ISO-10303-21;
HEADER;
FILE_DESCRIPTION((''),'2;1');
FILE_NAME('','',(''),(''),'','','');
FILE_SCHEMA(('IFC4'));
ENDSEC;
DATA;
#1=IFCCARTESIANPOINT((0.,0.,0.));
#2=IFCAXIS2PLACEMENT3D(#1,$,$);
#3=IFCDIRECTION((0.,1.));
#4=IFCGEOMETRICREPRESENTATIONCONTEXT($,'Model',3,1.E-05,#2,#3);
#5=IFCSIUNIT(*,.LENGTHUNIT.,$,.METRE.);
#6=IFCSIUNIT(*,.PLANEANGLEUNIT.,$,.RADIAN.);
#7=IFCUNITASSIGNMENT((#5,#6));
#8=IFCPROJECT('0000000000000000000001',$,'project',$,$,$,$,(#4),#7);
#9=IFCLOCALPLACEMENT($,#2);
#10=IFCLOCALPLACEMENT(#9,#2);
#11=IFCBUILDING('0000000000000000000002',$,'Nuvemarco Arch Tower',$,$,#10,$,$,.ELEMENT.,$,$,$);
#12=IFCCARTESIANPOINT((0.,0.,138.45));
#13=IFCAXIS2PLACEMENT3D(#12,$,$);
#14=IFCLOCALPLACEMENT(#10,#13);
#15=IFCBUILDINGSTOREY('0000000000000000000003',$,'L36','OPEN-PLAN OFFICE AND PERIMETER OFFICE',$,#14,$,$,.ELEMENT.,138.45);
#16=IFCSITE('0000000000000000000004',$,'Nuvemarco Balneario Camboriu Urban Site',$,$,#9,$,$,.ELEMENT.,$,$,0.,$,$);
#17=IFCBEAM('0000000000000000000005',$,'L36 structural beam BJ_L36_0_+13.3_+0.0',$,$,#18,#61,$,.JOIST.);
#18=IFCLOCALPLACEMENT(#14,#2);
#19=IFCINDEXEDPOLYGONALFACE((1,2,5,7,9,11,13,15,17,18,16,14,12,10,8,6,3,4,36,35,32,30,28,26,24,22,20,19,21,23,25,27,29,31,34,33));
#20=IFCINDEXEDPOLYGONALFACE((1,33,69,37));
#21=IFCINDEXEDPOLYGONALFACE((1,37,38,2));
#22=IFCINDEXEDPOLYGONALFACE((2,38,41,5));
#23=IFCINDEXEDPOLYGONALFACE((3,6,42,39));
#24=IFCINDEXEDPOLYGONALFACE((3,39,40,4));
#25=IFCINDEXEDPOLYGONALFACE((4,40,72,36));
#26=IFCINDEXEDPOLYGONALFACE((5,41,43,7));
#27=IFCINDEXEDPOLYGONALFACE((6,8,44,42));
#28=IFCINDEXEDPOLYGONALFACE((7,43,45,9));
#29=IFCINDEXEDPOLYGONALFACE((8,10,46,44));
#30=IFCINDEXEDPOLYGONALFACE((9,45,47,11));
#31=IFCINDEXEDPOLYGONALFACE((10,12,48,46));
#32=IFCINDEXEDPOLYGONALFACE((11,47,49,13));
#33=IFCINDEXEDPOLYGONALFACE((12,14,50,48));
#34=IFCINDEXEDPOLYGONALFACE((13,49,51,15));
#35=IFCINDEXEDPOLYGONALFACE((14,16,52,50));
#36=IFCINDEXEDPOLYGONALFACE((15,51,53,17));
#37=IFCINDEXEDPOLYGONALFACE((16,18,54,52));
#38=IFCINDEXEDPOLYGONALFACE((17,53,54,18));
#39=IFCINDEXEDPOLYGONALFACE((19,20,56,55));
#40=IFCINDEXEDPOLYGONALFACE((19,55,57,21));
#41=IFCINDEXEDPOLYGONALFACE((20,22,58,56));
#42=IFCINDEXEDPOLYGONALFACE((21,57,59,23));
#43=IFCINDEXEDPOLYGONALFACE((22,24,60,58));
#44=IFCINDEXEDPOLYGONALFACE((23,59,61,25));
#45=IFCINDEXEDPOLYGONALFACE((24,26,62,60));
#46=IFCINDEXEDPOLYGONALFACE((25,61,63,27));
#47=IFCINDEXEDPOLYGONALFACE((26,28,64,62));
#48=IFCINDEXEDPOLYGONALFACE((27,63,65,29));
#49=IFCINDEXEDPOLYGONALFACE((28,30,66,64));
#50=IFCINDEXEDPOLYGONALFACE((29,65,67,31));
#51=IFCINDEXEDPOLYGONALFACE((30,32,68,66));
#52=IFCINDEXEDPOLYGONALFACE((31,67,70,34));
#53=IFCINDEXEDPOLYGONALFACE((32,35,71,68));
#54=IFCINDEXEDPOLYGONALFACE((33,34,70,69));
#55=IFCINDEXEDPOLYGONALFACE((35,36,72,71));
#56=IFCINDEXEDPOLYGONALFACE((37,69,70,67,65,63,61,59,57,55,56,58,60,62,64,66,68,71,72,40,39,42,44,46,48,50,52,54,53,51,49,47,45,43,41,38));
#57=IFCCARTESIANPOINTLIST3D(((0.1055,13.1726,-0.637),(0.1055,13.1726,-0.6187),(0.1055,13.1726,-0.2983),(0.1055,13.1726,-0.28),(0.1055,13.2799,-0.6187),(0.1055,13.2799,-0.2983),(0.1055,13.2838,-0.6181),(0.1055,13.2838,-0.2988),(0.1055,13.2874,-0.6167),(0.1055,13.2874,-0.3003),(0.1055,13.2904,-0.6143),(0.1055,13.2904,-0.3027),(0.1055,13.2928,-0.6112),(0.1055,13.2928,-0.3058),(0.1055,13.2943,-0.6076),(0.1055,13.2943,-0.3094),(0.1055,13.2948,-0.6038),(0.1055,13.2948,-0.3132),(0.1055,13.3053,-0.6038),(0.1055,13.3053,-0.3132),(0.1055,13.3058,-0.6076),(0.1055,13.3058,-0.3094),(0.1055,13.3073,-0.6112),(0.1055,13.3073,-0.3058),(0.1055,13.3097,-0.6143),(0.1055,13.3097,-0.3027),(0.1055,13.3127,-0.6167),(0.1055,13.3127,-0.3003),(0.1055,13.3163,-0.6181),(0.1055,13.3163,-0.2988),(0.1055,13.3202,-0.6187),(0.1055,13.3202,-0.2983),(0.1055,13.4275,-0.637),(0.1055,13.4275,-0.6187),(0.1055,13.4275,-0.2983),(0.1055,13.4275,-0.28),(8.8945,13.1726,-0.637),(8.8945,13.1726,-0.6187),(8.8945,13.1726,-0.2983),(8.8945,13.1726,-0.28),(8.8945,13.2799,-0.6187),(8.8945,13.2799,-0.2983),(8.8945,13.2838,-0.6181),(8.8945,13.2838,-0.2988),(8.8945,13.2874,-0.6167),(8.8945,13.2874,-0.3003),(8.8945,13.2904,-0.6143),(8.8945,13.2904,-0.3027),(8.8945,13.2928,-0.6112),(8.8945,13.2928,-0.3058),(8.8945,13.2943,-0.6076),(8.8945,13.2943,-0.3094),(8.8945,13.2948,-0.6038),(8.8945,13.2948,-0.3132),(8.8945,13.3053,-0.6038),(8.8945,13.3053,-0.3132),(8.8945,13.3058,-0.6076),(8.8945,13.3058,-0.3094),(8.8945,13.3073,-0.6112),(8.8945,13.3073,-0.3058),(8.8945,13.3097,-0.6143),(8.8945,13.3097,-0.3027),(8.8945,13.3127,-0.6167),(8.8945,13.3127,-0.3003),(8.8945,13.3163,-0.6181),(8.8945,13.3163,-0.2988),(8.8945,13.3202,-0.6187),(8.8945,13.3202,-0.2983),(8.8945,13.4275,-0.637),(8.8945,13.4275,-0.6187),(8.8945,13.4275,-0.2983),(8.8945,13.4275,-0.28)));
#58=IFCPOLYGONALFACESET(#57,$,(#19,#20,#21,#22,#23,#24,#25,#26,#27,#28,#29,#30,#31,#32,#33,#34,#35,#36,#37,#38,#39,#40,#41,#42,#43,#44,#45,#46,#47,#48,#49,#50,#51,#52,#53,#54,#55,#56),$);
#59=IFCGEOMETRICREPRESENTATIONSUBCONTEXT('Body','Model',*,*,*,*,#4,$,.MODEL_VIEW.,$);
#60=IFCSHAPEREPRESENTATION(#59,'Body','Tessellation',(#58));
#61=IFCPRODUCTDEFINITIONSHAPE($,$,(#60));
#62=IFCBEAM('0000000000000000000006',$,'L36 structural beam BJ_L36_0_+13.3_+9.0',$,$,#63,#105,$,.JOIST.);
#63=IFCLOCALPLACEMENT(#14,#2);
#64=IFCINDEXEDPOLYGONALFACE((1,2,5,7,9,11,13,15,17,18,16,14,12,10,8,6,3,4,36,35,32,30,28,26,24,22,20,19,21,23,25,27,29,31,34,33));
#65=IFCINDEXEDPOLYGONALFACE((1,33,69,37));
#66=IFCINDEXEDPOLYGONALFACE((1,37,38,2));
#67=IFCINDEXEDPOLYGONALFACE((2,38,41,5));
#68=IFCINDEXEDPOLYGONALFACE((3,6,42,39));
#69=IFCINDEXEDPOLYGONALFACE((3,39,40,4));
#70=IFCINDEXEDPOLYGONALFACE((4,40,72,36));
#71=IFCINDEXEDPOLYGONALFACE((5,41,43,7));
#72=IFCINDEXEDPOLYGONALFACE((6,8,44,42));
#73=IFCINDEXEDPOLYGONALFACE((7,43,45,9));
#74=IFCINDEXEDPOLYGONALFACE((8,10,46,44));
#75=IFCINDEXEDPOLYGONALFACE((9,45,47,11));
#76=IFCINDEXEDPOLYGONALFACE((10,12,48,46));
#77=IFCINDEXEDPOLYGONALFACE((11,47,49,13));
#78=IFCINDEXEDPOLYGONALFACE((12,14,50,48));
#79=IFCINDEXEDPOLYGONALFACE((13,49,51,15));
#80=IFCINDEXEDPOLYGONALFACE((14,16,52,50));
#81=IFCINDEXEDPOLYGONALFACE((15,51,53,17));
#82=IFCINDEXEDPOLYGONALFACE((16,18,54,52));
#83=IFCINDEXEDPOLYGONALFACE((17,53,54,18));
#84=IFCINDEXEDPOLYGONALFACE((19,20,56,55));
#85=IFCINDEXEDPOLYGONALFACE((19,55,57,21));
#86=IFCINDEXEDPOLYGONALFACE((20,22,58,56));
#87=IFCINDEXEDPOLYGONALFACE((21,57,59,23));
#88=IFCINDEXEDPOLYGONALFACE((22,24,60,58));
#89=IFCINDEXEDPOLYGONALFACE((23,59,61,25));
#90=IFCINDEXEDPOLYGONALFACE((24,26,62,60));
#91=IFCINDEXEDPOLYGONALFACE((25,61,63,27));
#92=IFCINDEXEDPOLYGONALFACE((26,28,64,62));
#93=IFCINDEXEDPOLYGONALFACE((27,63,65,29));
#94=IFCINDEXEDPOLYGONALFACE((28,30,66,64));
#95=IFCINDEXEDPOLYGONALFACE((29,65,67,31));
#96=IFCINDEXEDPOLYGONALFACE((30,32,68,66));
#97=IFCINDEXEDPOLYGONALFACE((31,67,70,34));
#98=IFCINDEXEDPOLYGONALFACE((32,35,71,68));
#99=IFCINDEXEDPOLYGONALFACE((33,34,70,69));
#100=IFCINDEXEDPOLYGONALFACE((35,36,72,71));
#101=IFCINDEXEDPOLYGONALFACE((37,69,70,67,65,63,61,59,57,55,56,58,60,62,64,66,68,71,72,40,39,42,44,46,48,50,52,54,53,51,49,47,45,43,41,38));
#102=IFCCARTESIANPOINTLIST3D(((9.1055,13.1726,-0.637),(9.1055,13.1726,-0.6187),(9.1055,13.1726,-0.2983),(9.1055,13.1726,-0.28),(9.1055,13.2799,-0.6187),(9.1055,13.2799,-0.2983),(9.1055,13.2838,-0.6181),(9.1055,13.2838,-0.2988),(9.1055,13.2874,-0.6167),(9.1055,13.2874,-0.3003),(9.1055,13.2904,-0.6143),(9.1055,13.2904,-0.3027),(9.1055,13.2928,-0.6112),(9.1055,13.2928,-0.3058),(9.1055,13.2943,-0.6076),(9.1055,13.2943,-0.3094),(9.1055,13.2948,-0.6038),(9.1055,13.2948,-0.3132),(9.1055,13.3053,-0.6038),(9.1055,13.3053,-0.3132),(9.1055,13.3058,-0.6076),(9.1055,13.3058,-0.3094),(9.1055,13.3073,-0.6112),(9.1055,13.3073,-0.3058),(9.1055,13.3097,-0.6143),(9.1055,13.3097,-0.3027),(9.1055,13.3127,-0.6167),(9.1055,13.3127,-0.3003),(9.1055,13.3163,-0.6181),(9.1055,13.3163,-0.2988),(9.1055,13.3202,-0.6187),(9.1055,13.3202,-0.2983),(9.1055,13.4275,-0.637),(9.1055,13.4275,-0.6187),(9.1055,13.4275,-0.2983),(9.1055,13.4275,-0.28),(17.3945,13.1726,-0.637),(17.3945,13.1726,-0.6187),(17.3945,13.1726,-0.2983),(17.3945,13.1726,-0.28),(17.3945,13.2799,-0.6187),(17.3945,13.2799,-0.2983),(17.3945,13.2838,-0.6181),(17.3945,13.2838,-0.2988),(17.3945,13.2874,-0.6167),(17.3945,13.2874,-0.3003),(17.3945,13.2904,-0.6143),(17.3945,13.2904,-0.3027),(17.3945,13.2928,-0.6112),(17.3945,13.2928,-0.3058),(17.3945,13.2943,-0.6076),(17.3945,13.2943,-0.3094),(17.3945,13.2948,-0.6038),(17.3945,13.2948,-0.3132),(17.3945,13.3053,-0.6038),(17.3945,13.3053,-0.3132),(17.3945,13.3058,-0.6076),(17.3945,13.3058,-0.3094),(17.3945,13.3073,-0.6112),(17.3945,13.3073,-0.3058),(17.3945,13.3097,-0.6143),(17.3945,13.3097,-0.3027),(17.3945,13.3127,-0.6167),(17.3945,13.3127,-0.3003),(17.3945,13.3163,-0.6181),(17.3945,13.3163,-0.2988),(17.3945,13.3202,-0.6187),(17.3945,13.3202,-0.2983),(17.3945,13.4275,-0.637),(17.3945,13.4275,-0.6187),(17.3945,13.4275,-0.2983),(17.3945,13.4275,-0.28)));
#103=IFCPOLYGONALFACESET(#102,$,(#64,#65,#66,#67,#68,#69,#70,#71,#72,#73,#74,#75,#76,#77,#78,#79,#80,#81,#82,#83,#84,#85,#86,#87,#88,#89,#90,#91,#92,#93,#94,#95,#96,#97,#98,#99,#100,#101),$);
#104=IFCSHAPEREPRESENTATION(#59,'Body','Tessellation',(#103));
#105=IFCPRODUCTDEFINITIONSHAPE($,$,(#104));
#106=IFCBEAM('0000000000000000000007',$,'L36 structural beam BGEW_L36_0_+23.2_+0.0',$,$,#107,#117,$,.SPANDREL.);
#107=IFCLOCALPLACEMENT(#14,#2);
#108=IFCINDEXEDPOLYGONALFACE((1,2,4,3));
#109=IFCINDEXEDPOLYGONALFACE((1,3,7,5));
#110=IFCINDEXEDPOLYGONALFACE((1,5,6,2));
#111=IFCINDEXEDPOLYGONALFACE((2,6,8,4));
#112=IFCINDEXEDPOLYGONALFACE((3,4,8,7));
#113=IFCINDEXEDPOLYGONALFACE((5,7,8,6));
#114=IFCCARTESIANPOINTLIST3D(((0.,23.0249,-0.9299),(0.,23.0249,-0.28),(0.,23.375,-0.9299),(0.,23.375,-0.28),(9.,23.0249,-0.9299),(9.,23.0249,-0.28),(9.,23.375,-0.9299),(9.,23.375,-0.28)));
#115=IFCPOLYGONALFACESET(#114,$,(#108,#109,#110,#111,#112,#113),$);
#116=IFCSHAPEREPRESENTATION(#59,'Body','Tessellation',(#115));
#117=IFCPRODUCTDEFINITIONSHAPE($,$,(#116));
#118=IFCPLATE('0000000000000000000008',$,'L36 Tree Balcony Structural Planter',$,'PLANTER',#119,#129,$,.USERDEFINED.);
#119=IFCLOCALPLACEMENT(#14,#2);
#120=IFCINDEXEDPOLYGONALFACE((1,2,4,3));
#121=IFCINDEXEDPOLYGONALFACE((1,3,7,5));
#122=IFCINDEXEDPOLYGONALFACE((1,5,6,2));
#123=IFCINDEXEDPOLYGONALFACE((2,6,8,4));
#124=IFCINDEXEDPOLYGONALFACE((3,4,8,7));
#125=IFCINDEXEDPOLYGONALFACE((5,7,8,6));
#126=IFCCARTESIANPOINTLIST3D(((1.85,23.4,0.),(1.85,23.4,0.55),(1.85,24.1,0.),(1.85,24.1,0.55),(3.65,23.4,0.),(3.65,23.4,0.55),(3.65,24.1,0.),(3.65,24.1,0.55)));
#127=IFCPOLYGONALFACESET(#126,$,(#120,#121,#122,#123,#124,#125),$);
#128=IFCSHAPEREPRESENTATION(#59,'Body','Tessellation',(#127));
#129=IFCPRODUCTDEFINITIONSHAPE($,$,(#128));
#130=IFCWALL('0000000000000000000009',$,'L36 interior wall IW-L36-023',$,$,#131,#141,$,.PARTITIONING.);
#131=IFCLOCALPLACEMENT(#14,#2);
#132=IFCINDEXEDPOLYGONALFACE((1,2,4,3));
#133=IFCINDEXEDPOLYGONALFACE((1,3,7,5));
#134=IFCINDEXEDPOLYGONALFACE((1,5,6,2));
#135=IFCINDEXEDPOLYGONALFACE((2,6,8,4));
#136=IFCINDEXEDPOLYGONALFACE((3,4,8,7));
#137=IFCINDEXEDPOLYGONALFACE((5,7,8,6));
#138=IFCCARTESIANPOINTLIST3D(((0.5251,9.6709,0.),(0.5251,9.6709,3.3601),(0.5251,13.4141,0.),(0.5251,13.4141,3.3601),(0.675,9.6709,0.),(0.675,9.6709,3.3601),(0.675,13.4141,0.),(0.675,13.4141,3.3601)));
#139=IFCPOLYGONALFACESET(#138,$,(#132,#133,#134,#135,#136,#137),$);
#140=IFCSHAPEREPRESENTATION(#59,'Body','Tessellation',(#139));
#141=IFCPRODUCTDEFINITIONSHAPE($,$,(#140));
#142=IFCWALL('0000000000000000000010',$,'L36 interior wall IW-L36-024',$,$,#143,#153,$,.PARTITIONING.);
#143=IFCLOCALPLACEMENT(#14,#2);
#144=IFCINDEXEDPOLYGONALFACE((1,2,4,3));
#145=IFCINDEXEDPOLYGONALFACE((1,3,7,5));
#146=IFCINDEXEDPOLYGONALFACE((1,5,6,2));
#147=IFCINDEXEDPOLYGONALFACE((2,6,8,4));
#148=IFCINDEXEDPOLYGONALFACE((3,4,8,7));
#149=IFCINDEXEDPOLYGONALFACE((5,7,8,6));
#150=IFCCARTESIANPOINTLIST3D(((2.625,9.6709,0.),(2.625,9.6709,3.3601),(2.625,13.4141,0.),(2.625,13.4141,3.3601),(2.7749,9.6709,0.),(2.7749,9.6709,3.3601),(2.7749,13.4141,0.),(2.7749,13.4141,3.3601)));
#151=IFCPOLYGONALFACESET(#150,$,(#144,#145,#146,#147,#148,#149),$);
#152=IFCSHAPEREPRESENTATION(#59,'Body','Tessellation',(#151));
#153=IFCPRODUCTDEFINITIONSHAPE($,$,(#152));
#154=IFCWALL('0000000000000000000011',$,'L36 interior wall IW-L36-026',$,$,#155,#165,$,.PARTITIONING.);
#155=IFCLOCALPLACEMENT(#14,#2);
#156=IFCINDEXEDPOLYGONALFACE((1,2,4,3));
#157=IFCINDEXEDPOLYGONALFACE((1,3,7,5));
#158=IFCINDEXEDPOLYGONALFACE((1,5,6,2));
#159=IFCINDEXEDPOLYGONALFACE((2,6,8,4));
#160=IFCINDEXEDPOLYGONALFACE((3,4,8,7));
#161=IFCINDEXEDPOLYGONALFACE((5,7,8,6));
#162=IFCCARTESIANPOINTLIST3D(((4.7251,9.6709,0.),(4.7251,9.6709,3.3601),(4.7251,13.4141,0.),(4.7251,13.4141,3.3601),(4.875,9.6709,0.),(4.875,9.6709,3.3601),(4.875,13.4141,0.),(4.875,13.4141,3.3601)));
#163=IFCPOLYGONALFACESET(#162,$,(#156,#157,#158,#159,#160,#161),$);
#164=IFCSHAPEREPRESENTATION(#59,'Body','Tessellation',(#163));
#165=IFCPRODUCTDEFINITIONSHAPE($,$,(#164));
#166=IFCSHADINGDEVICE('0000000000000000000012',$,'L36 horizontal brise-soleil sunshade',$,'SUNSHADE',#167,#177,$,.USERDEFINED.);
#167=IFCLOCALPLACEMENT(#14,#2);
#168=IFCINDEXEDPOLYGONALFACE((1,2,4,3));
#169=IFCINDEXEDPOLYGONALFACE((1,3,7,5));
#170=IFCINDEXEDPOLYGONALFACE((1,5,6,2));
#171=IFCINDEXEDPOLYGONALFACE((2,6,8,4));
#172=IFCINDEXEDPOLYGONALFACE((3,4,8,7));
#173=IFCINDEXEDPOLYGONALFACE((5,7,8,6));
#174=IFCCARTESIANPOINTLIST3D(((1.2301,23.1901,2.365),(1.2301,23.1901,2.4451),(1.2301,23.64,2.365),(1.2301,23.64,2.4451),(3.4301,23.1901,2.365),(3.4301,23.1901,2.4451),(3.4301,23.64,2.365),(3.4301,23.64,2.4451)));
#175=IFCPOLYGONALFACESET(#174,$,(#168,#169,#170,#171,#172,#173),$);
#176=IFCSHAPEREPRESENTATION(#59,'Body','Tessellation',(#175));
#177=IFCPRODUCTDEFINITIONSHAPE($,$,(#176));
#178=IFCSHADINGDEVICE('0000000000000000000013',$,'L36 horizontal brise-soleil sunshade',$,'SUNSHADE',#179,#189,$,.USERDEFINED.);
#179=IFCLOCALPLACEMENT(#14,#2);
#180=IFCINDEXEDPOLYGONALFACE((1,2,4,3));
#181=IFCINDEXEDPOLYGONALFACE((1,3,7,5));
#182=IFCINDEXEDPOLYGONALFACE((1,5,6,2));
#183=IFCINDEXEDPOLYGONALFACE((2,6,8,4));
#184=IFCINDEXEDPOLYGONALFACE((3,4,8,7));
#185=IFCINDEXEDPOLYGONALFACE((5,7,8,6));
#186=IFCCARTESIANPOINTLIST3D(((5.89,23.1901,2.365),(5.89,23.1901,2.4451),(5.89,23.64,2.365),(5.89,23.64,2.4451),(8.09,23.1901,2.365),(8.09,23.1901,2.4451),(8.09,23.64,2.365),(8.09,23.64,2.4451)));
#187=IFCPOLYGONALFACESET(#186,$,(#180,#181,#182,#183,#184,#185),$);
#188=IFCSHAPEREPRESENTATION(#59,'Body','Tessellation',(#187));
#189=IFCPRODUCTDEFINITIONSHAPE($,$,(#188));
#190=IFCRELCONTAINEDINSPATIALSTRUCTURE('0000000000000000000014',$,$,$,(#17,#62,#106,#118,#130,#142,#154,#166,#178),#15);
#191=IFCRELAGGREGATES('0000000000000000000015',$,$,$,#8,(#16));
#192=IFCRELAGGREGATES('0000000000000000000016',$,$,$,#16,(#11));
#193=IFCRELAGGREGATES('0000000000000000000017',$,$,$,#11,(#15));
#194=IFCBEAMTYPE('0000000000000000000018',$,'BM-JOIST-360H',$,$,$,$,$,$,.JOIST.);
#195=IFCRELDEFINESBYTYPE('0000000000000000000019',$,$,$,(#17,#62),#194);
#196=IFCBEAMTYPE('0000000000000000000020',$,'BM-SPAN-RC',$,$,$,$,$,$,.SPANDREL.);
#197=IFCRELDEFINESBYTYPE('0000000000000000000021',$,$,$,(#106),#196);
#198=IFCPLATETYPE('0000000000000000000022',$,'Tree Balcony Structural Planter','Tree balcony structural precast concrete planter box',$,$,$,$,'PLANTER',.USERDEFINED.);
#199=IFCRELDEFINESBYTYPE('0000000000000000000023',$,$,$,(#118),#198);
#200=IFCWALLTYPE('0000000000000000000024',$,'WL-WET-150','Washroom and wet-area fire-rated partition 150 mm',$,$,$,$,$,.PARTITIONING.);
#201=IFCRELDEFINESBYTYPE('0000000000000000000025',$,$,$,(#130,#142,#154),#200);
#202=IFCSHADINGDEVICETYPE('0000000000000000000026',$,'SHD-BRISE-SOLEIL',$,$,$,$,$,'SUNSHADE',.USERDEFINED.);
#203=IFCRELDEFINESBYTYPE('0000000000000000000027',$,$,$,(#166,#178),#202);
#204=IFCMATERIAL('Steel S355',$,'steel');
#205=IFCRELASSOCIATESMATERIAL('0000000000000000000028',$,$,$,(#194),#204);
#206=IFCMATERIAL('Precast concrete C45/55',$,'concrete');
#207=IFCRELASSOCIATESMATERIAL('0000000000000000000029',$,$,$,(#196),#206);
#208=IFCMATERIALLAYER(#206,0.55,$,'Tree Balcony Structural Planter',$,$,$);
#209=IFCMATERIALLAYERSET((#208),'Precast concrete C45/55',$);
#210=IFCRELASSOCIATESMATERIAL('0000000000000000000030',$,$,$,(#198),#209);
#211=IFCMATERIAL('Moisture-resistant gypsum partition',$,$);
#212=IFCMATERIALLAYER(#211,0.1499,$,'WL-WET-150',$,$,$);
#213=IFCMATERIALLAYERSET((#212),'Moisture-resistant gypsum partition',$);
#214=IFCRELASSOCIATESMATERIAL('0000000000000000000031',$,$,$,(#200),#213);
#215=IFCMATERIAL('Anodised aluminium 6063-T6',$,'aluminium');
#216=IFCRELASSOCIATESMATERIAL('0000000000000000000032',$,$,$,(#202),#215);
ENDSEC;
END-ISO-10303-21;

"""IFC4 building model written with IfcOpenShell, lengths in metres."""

from ifc_helpers import new_model, si_unit, direction, frame, frame_2d, origin, origin_2d, place, context, subcontext, project, spatial, rectangle, i_section, extrude, source, transform, mapped, material, layer, layer_set, material_profile, profile_set, type_object, type_shapes, element, save


model = new_model("IFC4")

# Units and contexts
model_context = context("Model", 3, precision=1e-05, world=origin(), true_north=direction((0.0, 1.0)))
body_context = subcontext(model_context, "Body", "Model", "MODEL_VIEW")
ifc_project = project(units=[si_unit("LENGTHUNIT", "METRE"), si_unit("PLANEANGLEUNIT", "RADIAN")], contexts=[model_context])

# Site, building, storey
site_placement = place(None, origin())
site = spatial("IfcSite", under=ifc_project, at=site_placement, Name="Nuvemarco Balneario Camboriu Urban Site", CompositionType="ELEMENT", RefElevation=0.0)
building_placement = place(site_placement, origin())
building = spatial("IfcBuilding", under=site, at=building_placement, Name="Nuvemarco Arch Tower", CompositionType="ELEMENT")
storey_placement = place(building_placement, frame((0.0, 0.0, 138.45)))
storey = spatial("IfcBuildingStorey", under=building, at=storey_placement, Name="L36", Description="OPEN-PLAN OFFICE AND PERIMETER OFFICE", CompositionType="ELEMENT", Elevation=138.45)

# Shared definitions
ifc_material_1 = material(Name="Steel S355", Category="steel")

# Beams
ifc_material_profile_1 = material_profile(ifc_material_1, i_section(OverallWidth=0.2549, OverallDepth=0.3569, WebThickness=0.0105, FlangeThickness=0.0183, FilletRadius=0.0149, at=origin_2d()), Name="W360x101")
ifc_profile_set_1 = profile_set([ifc_material_profile_1], Name="Steel S355")
beam_type_1 = type_object("IfcBeamType", Name="BM-JOIST-360H", PredefinedType="JOIST", material=ifc_profile_set_1)
beam_1_placement = place(storey_placement, frame((0.1055, 13.3, -0.4585), z_axis=(1.0, 0.0, 0.0), x_axis=(0.0, 1.0, 0.0)))
element("IfcBeam", 1, at=beam_1_placement, inside=storey, type_object=beam_type_1, Name="L36 structural beam BJ_L36_0_+13.3_+0.0", PredefinedType="JOIST", context=body_context, shape_type="SweptSolid", body=[
    extrude(i_section(OverallWidth=0.2549, OverallDepth=0.3569, WebThickness=0.0105, FlangeThickness=0.0183, FilletRadius=0.0149, at=origin_2d()), origin(), (0.0, 0.0, 1.0), 8.7891),
])
beam_2_placement = place(storey_placement, frame((9.1055, 13.3, -0.4585), z_axis=(1.0, 0.0, 0.0), x_axis=(0.0, 1.0, 0.0)))
element("IfcBeam", 2, at=beam_2_placement, inside=storey, type_object=beam_type_1, Name="L36 structural beam BJ_L36_0_+13.3_+9.0", PredefinedType="JOIST", context=body_context, shape_type="SweptSolid", body=[
    extrude(i_section(OverallWidth=0.2549, OverallDepth=0.3569, WebThickness=0.0105, FlangeThickness=0.0183, FilletRadius=0.0149, at=origin_2d()), origin(), (0.0, 0.0, 1.0), 8.2891),
])
ifc_material_2 = material(Name="Precast concrete C45/55", Category="concrete")
ifc_material_profile_2 = material_profile(ifc_material_2, rectangle(XDim=0.3501, YDim=0.6499, at=origin_2d()), Name="PC-SP-350x650")
ifc_profile_set_2 = profile_set([ifc_material_profile_2], Name="Precast concrete C45/55")
beam_type_2 = type_object("IfcBeamType", Name="BM-SPAN-RC", PredefinedType="SPANDREL", material=ifc_profile_set_2)
beam_3_placement = place(storey_placement, frame((0.0, 23.2, -0.605), z_axis=(1.0, 0.0, 0.0), x_axis=(0.0, 1.0, 0.0)))
element("IfcBeam", 3, at=beam_3_placement, inside=storey, type_object=beam_type_2, Name="L36 structural beam BGEW_L36_0_+23.2_+0.0", PredefinedType="SPANDREL", context=body_context, shape_type="SweptSolid", body=[
    extrude(rectangle(XDim=0.3501, YDim=0.6499, at=origin_2d()), origin(), (0.0, 0.0, 1.0), 9.0),
])

# Plate
ifc_layer_1 = layer(ifc_material_2, 0.55, Name="Tree Balcony Structural Planter")
ifc_layer_set_1 = layer_set([ifc_layer_1], Name="Precast concrete C45/55")
plate_type = type_object("IfcPlateType", Name="Tree Balcony Structural Planter", Description="Tree balcony structural precast concrete planter box", ElementType="PLANTER", PredefinedType="USERDEFINED", material=ifc_layer_set_1)
shared_shape_1 = source(origin(), body_context, "Body", "SweptSolid", [
    extrude(rectangle(XDim=1.8, YDim=0.7, at=origin_2d()), origin(), (0.0, 0.0, 1.0), 0.55),
])
type_shapes(plate_type, [shared_shape_1])
plate_placement = place(storey_placement, frame((2.75, 23.75, 0.0), z_axis=(0.0, 0.0, 1.0), x_axis=(1.0, 0.0, 0.0)))
element("IfcPlate", 4, at=plate_placement, inside=storey, type_object=plate_type, Name="L36 Tree Balcony Structural Planter", ObjectType="PLANTER", PredefinedType="USERDEFINED", context=body_context, shape_type="MappedRepresentation", body=[
    mapped(shared_shape_1, transform((0.0, 0.0, 0.0), scale=1.0)),
])

# Walls
ifc_material_3 = material(Name="Moisture-resistant gypsum partition")
ifc_layer_2 = layer(ifc_material_3, 0.1499, Name="WL-WET-150")
ifc_layer_set_2 = layer_set([ifc_layer_2], Name="Moisture-resistant gypsum partition")
wall_type = type_object("IfcWallType", Name="WL-WET-150", Description="Washroom and wet-area fire-rated partition 150 mm", PredefinedType="PARTITIONING", material=ifc_layer_set_2)
for number, where, z_axis, x_axis, name in (
    (5, (0.6001, 9.6709, 0.0), (0.0, 0.0, 1.0), (0.0, 1.0, 0.0), "L36 interior wall IW-L36-023"),
    (6, (2.7, 9.6709, 0.0), (0.0, 0.0, 1.0), (0.0, 1.0, 0.0), "L36 interior wall IW-L36-024"),
    (7, (4.8, 9.6709, 0.0), (0.0, 0.0, 1.0), (0.0, 1.0, 0.0), "L36 interior wall IW-L36-026"),
):
    element("IfcWall", number, at=place(storey_placement, frame(where, z_axis=z_axis, x_axis=x_axis)), inside=storey, type_object=wall_type, Name=name, PredefinedType="PARTITIONING", context=body_context, shape_type="SweptSolid", body=[
        extrude(rectangle(XDim=3.7432, YDim=0.1499, at=frame_2d((1.8716, 0.0))), origin(), (0.0, 0.0, 1.0), 3.3601),
    ])

# Shading devices
ifc_material_4 = material(Name="Anodised aluminium 6063-T6", Category="aluminium")
shading_device_type = type_object("IfcShadingDeviceType", Name="SHD-BRISE-SOLEIL", ElementType="SUNSHADE", PredefinedType="USERDEFINED", material=ifc_material_4)
shared_shape_2 = source(origin(), body_context, "Body", "SweptSolid", [
    extrude(rectangle(XDim=2.2, YDim=0.45, at=origin_2d()), origin(), (0.0, 0.0, 1.0), 0.0801),
])
type_shapes(shading_device_type, [shared_shape_2])
for number, where, z_axis, x_axis, name in (
    (8, (2.3301, 23.415, 2.365), (0.0, 0.0, 1.0), (1.0, 0.0, 0.0), "L36 horizontal brise-soleil sunshade"),
    (9, (6.99, 23.415, 2.365), (0.0, 0.0, 1.0), (1.0, 0.0, 0.0), "L36 horizontal brise-soleil sunshade"),
):
    element("IfcShadingDevice", number, at=place(storey_placement, frame(where, z_axis=z_axis, x_axis=x_axis)), inside=storey, type_object=shading_device_type, Name=name, ObjectType="SUNSHADE", PredefinedType="USERDEFINED", context=body_context, shape_type="MappedRepresentation", body=[
        mapped(shared_shape_2, transform((0.0, 0.0, 0.0), scale=1.0)),
    ])

save(model, "model.ifc")
